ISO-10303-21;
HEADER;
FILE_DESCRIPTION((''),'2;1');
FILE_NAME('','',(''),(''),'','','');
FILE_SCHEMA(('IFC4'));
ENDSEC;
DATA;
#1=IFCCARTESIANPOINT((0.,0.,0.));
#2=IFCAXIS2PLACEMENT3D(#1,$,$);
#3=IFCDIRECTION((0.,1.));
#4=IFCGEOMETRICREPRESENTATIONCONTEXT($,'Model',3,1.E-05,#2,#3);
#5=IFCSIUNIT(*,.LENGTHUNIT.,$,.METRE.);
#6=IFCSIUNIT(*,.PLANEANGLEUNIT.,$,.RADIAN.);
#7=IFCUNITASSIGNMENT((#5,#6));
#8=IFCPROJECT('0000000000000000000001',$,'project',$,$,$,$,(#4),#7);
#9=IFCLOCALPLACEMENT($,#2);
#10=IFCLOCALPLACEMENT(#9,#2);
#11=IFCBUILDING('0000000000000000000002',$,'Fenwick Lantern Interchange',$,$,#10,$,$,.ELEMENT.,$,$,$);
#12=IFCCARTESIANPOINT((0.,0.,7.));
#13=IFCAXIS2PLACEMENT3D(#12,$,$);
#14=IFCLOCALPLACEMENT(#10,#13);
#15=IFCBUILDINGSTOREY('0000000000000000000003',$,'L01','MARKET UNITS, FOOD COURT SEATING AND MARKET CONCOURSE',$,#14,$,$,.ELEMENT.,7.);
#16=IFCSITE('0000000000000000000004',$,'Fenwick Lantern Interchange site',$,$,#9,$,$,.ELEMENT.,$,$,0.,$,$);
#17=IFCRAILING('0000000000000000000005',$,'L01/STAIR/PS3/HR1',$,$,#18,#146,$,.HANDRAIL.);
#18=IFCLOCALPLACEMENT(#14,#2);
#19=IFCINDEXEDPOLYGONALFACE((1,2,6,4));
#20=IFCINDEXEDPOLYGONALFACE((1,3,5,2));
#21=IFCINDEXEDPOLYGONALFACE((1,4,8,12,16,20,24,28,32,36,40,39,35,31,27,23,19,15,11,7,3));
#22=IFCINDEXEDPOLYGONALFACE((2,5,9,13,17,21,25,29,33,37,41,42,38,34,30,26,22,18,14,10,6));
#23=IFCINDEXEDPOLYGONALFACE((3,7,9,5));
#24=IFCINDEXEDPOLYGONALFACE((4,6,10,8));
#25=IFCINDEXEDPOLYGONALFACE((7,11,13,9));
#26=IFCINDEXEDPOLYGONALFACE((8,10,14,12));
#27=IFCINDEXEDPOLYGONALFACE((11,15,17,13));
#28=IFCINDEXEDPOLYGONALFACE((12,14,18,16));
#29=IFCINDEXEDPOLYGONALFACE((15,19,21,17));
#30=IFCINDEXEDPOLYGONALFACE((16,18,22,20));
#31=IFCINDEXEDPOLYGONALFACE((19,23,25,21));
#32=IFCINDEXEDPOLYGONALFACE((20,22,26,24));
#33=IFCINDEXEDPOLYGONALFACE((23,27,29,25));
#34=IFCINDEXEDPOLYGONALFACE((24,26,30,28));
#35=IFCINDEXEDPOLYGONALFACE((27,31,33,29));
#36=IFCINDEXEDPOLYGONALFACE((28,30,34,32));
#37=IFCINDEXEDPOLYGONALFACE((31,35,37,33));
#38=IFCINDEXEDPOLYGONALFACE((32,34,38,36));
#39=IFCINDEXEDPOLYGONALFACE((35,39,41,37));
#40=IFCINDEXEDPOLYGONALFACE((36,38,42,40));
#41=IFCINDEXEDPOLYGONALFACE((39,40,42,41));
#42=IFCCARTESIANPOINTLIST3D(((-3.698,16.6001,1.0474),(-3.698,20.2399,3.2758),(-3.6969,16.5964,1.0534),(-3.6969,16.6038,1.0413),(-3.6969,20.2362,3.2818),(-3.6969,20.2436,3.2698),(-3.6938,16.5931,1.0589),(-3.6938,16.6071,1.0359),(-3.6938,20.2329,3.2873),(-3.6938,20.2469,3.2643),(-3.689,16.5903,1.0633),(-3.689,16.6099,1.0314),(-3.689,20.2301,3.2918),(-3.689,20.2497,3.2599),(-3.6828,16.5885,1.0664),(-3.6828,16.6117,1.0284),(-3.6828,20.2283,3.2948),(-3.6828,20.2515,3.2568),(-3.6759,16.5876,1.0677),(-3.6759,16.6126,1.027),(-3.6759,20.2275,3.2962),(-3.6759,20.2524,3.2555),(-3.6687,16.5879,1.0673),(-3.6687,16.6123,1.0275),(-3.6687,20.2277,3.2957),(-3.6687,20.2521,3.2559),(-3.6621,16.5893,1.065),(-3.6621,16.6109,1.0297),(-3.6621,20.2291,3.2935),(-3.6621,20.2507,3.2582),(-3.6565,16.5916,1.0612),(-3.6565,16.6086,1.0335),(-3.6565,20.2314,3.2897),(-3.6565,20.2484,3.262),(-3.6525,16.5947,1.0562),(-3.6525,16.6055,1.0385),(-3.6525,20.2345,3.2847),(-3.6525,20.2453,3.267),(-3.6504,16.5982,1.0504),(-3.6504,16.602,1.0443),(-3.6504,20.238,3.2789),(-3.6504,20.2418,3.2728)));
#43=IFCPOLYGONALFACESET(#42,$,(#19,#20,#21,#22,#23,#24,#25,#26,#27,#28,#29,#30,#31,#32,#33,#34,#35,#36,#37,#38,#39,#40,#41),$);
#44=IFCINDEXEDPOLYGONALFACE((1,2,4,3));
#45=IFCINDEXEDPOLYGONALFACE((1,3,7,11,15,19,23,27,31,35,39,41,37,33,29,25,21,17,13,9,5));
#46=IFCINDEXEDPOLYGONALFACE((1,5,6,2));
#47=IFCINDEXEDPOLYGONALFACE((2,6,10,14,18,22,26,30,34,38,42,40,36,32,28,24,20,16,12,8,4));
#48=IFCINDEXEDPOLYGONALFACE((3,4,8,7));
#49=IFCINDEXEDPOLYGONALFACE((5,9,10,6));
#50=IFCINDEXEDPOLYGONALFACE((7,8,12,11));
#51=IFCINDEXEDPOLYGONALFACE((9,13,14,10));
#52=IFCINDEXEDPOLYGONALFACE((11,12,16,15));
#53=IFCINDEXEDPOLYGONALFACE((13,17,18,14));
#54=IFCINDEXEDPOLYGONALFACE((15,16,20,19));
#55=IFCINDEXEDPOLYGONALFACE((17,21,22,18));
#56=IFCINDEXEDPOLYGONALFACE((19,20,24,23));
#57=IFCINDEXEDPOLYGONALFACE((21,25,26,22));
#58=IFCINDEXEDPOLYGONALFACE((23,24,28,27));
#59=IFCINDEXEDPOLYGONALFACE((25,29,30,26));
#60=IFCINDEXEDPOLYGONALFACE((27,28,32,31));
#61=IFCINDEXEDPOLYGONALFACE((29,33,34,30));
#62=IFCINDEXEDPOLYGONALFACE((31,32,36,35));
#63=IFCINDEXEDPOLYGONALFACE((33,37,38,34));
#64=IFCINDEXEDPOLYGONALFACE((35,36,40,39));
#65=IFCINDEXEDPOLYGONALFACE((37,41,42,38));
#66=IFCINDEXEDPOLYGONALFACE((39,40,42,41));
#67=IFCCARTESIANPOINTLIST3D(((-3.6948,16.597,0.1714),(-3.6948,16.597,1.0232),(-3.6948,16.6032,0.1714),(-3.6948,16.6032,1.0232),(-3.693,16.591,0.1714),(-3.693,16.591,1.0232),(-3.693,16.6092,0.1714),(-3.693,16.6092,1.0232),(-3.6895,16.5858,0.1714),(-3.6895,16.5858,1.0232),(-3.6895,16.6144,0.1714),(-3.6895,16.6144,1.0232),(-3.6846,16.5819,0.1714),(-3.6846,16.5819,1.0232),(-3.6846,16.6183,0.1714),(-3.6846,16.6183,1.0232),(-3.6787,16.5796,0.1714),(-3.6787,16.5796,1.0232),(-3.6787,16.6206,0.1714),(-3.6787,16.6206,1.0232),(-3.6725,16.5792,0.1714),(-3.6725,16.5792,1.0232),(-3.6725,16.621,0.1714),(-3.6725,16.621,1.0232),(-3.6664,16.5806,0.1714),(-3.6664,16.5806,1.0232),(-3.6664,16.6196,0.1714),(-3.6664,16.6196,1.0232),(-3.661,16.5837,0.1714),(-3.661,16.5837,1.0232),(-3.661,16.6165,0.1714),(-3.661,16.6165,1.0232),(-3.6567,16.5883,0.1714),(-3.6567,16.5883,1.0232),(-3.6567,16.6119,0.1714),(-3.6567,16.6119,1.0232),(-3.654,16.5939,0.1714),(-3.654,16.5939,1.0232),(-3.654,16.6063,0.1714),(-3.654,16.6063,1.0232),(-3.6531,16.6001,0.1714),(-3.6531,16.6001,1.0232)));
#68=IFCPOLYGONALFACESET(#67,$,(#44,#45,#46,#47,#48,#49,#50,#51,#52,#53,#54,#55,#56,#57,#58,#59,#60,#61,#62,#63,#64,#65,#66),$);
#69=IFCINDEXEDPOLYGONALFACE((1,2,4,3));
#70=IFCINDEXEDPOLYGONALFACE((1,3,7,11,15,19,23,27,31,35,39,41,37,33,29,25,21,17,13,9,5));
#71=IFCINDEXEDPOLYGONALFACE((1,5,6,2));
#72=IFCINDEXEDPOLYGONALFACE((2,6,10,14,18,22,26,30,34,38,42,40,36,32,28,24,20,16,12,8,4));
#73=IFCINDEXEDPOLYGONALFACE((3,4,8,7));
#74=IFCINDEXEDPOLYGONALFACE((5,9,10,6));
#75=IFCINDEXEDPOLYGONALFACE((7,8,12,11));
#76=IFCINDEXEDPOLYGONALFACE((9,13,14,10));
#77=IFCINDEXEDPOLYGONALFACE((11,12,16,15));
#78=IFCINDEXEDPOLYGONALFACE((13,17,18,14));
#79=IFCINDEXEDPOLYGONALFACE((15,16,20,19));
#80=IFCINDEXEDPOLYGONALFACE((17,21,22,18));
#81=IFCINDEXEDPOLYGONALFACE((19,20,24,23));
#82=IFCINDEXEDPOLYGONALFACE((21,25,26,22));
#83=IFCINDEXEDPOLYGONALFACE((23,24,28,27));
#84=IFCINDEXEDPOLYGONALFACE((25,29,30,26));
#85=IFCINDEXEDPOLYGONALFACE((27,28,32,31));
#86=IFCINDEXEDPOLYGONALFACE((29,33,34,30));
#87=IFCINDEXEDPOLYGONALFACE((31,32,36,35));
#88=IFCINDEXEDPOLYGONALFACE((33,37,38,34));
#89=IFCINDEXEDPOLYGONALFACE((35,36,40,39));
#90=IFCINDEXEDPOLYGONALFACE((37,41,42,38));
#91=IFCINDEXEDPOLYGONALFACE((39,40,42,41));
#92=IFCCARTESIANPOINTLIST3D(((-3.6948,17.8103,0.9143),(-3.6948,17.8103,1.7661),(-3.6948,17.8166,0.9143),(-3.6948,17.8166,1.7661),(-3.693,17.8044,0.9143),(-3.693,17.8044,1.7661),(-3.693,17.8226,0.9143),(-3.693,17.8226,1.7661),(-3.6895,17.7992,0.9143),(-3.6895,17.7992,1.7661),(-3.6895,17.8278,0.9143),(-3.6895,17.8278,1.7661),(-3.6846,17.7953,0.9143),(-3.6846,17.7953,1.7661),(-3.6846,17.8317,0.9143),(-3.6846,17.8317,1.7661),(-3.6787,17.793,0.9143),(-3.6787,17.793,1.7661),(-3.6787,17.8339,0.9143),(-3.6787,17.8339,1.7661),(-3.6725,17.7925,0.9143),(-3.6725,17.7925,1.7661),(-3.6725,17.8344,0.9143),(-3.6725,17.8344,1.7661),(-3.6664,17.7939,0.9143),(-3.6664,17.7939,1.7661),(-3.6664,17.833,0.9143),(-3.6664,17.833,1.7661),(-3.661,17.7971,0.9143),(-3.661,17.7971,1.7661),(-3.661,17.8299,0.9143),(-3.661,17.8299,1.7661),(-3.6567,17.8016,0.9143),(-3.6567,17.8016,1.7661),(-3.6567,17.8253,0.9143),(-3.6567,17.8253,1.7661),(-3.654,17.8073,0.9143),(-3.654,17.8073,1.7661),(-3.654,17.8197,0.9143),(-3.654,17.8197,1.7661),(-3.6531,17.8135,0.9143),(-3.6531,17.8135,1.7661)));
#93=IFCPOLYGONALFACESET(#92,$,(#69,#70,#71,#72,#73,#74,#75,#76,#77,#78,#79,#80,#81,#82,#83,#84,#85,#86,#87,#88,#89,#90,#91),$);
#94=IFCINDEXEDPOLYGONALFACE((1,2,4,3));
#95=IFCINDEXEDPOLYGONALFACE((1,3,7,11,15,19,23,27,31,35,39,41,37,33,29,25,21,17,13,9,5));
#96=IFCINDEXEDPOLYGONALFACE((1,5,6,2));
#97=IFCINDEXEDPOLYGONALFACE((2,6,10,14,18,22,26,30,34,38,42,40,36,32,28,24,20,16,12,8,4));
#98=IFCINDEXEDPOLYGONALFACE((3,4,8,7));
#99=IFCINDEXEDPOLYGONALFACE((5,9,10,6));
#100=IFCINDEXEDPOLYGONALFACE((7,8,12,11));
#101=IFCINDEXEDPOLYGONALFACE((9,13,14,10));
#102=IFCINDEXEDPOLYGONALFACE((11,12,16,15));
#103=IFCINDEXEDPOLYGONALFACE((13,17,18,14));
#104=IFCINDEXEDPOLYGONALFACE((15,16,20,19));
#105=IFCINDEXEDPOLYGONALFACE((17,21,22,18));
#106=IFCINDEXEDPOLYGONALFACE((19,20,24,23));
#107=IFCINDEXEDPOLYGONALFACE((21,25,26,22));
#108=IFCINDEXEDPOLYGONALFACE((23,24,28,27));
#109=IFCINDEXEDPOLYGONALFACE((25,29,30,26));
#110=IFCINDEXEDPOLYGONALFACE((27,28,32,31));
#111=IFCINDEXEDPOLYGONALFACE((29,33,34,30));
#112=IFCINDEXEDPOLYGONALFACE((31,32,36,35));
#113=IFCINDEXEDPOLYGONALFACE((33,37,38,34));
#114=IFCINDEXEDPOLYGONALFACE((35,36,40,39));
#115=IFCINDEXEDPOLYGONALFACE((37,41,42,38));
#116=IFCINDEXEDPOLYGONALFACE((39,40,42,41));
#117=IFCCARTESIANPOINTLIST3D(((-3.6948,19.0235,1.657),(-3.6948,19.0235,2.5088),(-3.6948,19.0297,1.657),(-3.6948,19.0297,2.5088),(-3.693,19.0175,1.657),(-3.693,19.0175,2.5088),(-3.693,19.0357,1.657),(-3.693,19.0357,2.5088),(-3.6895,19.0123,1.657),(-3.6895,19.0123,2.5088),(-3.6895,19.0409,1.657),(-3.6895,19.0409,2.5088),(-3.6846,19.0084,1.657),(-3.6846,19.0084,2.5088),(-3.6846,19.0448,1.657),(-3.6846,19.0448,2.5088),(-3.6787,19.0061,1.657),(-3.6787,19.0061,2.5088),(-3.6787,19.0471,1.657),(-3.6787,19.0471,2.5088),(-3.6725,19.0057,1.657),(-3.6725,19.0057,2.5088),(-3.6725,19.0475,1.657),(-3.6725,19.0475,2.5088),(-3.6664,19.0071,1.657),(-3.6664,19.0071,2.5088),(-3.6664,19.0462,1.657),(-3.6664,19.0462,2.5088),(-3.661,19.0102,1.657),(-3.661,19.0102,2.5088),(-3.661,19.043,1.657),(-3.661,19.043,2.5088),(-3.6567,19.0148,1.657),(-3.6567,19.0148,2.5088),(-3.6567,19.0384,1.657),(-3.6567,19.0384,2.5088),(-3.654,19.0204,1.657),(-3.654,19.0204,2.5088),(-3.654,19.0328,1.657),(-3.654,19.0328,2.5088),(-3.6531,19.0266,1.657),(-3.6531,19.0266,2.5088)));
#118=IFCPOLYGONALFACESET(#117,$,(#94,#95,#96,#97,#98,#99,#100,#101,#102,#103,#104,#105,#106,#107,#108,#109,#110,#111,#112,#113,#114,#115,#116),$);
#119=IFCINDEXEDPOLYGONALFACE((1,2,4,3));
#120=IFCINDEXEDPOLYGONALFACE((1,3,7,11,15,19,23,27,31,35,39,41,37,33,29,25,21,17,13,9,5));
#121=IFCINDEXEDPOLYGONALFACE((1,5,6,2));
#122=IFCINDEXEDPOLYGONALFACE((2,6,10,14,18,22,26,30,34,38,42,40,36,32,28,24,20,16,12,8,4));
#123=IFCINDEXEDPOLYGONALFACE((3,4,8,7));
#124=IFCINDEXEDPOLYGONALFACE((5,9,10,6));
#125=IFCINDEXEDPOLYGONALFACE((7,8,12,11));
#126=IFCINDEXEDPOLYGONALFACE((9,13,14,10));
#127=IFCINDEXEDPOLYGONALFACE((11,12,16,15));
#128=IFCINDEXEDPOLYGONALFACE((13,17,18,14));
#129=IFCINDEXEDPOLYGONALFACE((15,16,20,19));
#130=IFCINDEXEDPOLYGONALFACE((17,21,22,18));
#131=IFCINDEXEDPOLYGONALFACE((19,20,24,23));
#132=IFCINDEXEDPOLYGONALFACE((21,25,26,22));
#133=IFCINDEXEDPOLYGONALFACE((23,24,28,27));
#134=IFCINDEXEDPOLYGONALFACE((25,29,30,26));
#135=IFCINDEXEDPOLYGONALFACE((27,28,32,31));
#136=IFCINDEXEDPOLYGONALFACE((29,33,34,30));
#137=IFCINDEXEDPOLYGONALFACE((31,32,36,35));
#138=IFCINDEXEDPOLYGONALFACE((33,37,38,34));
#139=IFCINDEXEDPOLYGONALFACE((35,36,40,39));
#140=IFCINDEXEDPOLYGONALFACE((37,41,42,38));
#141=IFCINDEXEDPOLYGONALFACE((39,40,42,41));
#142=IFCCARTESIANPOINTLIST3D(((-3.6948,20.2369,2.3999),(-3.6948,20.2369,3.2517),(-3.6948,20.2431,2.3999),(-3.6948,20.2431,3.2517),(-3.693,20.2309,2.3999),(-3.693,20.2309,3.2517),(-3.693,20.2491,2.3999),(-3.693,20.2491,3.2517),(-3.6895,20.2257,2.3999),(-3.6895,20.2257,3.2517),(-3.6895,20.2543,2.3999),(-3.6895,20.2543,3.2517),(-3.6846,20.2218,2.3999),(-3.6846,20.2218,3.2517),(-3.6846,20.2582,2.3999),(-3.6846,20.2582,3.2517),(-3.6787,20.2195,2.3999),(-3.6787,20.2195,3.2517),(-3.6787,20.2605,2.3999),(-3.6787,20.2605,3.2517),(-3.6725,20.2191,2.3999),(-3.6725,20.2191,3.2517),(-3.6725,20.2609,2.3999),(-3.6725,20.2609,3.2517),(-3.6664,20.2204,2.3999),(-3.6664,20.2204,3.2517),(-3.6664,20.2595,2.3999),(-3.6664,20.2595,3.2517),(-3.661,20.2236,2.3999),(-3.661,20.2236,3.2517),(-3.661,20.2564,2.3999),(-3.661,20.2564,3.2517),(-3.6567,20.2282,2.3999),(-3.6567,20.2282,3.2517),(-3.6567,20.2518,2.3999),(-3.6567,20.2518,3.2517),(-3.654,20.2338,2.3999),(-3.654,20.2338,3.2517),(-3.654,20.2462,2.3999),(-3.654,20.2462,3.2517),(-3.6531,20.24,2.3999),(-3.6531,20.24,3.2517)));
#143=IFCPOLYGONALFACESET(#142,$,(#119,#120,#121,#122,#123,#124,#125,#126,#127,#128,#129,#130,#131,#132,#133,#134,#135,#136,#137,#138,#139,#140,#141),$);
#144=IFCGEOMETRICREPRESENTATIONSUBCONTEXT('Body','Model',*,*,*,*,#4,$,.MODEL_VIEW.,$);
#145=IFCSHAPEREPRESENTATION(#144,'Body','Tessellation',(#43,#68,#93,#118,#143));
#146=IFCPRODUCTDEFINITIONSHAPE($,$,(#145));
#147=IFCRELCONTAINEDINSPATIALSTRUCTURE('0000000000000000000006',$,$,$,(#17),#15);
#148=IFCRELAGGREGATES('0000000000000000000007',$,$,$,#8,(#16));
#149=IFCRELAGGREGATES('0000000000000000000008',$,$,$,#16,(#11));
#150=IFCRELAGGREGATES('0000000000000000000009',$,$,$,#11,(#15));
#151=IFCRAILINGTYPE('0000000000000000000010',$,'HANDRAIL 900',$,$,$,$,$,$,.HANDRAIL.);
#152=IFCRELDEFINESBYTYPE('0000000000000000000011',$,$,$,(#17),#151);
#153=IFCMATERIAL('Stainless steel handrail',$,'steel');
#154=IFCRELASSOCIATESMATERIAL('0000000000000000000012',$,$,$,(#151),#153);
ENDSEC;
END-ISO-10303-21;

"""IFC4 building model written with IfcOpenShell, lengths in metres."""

from ifc_helpers import new_model, si_unit, direction, frame, origin, origin_2d, place, context, subcontext, project, spatial, circle, extrude, material, type_object, element, save


model = new_model("IFC4")

# Units and contexts
model_context = context("Model", 3, precision=1e-05, world=origin(), true_north=direction((0.0, 1.0)))
body_context = subcontext(model_context, "Body", "Model", "MODEL_VIEW")
ifc_project = project(units=[si_unit("LENGTHUNIT", "METRE"), si_unit("PLANEANGLEUNIT", "RADIAN")], contexts=[model_context])

# Site, building, storey
site_placement = place(None, origin())
site = spatial("IfcSite", under=ifc_project, at=site_placement, Name="Fenwick Lantern Interchange site", CompositionType="ELEMENT", RefElevation=0.0)
building_placement = place(site_placement, origin())
building = spatial("IfcBuilding", under=site, at=building_placement, Name="Fenwick Lantern Interchange", CompositionType="ELEMENT")
storey_placement = place(building_placement, frame((0.0, 0.0, 7.0)))
storey = spatial("IfcBuildingStorey", under=building, at=storey_placement, Name="L01", Description="MARKET UNITS, FOOD COURT SEATING AND MARKET CONCOURSE", CompositionType="ELEMENT", Elevation=7.0)

# Railing
ifc_material_1 = material(Name="Stainless steel handrail", Category="steel")
railing_type = type_object("IfcRailingType", Name="HANDRAIL 900", PredefinedType="HANDRAIL", material=ifc_material_1)
railing_1_placement = place(storey_placement, frame((-3.6741, 16.6001, 0.1714)))
element("IfcRailing", 1, at=railing_1_placement, inside=storey, type_object=railing_type, Name="L01/STAIR/PS3/HR1", PredefinedType="HANDRAIL", context=body_context, shape_type="SweptSolid", body=[
    extrude(circle(Radius=0.0239, at=origin_2d()), frame((0.0, 0.0, 0.876), z_axis=(0.0, 0.85285, 0.522156), x_axis=(-1.0, 0.0, 0.0)), (0.0, 0.0, 1.0), 4.2678),
    extrude(circle(Radius=0.021, at=origin_2d()), origin(), (0.0, 0.0, 1.0), 0.8518),
    extrude(circle(Radius=0.021, at=origin_2d()), frame((0.0, 1.2134, 0.7429)), (0.0, 0.0, 1.0), 0.8518),
    extrude(circle(Radius=0.021, at=origin_2d()), frame((0.0, 2.4265, 1.4856)), (0.0, 0.0, 1.0), 0.8518),
    extrude(circle(Radius=0.021, at=origin_2d()), frame((0.0, 3.6399, 2.2285)), (0.0, 0.0, 1.0), 0.8518),
])

save(model, "model.ifc")
